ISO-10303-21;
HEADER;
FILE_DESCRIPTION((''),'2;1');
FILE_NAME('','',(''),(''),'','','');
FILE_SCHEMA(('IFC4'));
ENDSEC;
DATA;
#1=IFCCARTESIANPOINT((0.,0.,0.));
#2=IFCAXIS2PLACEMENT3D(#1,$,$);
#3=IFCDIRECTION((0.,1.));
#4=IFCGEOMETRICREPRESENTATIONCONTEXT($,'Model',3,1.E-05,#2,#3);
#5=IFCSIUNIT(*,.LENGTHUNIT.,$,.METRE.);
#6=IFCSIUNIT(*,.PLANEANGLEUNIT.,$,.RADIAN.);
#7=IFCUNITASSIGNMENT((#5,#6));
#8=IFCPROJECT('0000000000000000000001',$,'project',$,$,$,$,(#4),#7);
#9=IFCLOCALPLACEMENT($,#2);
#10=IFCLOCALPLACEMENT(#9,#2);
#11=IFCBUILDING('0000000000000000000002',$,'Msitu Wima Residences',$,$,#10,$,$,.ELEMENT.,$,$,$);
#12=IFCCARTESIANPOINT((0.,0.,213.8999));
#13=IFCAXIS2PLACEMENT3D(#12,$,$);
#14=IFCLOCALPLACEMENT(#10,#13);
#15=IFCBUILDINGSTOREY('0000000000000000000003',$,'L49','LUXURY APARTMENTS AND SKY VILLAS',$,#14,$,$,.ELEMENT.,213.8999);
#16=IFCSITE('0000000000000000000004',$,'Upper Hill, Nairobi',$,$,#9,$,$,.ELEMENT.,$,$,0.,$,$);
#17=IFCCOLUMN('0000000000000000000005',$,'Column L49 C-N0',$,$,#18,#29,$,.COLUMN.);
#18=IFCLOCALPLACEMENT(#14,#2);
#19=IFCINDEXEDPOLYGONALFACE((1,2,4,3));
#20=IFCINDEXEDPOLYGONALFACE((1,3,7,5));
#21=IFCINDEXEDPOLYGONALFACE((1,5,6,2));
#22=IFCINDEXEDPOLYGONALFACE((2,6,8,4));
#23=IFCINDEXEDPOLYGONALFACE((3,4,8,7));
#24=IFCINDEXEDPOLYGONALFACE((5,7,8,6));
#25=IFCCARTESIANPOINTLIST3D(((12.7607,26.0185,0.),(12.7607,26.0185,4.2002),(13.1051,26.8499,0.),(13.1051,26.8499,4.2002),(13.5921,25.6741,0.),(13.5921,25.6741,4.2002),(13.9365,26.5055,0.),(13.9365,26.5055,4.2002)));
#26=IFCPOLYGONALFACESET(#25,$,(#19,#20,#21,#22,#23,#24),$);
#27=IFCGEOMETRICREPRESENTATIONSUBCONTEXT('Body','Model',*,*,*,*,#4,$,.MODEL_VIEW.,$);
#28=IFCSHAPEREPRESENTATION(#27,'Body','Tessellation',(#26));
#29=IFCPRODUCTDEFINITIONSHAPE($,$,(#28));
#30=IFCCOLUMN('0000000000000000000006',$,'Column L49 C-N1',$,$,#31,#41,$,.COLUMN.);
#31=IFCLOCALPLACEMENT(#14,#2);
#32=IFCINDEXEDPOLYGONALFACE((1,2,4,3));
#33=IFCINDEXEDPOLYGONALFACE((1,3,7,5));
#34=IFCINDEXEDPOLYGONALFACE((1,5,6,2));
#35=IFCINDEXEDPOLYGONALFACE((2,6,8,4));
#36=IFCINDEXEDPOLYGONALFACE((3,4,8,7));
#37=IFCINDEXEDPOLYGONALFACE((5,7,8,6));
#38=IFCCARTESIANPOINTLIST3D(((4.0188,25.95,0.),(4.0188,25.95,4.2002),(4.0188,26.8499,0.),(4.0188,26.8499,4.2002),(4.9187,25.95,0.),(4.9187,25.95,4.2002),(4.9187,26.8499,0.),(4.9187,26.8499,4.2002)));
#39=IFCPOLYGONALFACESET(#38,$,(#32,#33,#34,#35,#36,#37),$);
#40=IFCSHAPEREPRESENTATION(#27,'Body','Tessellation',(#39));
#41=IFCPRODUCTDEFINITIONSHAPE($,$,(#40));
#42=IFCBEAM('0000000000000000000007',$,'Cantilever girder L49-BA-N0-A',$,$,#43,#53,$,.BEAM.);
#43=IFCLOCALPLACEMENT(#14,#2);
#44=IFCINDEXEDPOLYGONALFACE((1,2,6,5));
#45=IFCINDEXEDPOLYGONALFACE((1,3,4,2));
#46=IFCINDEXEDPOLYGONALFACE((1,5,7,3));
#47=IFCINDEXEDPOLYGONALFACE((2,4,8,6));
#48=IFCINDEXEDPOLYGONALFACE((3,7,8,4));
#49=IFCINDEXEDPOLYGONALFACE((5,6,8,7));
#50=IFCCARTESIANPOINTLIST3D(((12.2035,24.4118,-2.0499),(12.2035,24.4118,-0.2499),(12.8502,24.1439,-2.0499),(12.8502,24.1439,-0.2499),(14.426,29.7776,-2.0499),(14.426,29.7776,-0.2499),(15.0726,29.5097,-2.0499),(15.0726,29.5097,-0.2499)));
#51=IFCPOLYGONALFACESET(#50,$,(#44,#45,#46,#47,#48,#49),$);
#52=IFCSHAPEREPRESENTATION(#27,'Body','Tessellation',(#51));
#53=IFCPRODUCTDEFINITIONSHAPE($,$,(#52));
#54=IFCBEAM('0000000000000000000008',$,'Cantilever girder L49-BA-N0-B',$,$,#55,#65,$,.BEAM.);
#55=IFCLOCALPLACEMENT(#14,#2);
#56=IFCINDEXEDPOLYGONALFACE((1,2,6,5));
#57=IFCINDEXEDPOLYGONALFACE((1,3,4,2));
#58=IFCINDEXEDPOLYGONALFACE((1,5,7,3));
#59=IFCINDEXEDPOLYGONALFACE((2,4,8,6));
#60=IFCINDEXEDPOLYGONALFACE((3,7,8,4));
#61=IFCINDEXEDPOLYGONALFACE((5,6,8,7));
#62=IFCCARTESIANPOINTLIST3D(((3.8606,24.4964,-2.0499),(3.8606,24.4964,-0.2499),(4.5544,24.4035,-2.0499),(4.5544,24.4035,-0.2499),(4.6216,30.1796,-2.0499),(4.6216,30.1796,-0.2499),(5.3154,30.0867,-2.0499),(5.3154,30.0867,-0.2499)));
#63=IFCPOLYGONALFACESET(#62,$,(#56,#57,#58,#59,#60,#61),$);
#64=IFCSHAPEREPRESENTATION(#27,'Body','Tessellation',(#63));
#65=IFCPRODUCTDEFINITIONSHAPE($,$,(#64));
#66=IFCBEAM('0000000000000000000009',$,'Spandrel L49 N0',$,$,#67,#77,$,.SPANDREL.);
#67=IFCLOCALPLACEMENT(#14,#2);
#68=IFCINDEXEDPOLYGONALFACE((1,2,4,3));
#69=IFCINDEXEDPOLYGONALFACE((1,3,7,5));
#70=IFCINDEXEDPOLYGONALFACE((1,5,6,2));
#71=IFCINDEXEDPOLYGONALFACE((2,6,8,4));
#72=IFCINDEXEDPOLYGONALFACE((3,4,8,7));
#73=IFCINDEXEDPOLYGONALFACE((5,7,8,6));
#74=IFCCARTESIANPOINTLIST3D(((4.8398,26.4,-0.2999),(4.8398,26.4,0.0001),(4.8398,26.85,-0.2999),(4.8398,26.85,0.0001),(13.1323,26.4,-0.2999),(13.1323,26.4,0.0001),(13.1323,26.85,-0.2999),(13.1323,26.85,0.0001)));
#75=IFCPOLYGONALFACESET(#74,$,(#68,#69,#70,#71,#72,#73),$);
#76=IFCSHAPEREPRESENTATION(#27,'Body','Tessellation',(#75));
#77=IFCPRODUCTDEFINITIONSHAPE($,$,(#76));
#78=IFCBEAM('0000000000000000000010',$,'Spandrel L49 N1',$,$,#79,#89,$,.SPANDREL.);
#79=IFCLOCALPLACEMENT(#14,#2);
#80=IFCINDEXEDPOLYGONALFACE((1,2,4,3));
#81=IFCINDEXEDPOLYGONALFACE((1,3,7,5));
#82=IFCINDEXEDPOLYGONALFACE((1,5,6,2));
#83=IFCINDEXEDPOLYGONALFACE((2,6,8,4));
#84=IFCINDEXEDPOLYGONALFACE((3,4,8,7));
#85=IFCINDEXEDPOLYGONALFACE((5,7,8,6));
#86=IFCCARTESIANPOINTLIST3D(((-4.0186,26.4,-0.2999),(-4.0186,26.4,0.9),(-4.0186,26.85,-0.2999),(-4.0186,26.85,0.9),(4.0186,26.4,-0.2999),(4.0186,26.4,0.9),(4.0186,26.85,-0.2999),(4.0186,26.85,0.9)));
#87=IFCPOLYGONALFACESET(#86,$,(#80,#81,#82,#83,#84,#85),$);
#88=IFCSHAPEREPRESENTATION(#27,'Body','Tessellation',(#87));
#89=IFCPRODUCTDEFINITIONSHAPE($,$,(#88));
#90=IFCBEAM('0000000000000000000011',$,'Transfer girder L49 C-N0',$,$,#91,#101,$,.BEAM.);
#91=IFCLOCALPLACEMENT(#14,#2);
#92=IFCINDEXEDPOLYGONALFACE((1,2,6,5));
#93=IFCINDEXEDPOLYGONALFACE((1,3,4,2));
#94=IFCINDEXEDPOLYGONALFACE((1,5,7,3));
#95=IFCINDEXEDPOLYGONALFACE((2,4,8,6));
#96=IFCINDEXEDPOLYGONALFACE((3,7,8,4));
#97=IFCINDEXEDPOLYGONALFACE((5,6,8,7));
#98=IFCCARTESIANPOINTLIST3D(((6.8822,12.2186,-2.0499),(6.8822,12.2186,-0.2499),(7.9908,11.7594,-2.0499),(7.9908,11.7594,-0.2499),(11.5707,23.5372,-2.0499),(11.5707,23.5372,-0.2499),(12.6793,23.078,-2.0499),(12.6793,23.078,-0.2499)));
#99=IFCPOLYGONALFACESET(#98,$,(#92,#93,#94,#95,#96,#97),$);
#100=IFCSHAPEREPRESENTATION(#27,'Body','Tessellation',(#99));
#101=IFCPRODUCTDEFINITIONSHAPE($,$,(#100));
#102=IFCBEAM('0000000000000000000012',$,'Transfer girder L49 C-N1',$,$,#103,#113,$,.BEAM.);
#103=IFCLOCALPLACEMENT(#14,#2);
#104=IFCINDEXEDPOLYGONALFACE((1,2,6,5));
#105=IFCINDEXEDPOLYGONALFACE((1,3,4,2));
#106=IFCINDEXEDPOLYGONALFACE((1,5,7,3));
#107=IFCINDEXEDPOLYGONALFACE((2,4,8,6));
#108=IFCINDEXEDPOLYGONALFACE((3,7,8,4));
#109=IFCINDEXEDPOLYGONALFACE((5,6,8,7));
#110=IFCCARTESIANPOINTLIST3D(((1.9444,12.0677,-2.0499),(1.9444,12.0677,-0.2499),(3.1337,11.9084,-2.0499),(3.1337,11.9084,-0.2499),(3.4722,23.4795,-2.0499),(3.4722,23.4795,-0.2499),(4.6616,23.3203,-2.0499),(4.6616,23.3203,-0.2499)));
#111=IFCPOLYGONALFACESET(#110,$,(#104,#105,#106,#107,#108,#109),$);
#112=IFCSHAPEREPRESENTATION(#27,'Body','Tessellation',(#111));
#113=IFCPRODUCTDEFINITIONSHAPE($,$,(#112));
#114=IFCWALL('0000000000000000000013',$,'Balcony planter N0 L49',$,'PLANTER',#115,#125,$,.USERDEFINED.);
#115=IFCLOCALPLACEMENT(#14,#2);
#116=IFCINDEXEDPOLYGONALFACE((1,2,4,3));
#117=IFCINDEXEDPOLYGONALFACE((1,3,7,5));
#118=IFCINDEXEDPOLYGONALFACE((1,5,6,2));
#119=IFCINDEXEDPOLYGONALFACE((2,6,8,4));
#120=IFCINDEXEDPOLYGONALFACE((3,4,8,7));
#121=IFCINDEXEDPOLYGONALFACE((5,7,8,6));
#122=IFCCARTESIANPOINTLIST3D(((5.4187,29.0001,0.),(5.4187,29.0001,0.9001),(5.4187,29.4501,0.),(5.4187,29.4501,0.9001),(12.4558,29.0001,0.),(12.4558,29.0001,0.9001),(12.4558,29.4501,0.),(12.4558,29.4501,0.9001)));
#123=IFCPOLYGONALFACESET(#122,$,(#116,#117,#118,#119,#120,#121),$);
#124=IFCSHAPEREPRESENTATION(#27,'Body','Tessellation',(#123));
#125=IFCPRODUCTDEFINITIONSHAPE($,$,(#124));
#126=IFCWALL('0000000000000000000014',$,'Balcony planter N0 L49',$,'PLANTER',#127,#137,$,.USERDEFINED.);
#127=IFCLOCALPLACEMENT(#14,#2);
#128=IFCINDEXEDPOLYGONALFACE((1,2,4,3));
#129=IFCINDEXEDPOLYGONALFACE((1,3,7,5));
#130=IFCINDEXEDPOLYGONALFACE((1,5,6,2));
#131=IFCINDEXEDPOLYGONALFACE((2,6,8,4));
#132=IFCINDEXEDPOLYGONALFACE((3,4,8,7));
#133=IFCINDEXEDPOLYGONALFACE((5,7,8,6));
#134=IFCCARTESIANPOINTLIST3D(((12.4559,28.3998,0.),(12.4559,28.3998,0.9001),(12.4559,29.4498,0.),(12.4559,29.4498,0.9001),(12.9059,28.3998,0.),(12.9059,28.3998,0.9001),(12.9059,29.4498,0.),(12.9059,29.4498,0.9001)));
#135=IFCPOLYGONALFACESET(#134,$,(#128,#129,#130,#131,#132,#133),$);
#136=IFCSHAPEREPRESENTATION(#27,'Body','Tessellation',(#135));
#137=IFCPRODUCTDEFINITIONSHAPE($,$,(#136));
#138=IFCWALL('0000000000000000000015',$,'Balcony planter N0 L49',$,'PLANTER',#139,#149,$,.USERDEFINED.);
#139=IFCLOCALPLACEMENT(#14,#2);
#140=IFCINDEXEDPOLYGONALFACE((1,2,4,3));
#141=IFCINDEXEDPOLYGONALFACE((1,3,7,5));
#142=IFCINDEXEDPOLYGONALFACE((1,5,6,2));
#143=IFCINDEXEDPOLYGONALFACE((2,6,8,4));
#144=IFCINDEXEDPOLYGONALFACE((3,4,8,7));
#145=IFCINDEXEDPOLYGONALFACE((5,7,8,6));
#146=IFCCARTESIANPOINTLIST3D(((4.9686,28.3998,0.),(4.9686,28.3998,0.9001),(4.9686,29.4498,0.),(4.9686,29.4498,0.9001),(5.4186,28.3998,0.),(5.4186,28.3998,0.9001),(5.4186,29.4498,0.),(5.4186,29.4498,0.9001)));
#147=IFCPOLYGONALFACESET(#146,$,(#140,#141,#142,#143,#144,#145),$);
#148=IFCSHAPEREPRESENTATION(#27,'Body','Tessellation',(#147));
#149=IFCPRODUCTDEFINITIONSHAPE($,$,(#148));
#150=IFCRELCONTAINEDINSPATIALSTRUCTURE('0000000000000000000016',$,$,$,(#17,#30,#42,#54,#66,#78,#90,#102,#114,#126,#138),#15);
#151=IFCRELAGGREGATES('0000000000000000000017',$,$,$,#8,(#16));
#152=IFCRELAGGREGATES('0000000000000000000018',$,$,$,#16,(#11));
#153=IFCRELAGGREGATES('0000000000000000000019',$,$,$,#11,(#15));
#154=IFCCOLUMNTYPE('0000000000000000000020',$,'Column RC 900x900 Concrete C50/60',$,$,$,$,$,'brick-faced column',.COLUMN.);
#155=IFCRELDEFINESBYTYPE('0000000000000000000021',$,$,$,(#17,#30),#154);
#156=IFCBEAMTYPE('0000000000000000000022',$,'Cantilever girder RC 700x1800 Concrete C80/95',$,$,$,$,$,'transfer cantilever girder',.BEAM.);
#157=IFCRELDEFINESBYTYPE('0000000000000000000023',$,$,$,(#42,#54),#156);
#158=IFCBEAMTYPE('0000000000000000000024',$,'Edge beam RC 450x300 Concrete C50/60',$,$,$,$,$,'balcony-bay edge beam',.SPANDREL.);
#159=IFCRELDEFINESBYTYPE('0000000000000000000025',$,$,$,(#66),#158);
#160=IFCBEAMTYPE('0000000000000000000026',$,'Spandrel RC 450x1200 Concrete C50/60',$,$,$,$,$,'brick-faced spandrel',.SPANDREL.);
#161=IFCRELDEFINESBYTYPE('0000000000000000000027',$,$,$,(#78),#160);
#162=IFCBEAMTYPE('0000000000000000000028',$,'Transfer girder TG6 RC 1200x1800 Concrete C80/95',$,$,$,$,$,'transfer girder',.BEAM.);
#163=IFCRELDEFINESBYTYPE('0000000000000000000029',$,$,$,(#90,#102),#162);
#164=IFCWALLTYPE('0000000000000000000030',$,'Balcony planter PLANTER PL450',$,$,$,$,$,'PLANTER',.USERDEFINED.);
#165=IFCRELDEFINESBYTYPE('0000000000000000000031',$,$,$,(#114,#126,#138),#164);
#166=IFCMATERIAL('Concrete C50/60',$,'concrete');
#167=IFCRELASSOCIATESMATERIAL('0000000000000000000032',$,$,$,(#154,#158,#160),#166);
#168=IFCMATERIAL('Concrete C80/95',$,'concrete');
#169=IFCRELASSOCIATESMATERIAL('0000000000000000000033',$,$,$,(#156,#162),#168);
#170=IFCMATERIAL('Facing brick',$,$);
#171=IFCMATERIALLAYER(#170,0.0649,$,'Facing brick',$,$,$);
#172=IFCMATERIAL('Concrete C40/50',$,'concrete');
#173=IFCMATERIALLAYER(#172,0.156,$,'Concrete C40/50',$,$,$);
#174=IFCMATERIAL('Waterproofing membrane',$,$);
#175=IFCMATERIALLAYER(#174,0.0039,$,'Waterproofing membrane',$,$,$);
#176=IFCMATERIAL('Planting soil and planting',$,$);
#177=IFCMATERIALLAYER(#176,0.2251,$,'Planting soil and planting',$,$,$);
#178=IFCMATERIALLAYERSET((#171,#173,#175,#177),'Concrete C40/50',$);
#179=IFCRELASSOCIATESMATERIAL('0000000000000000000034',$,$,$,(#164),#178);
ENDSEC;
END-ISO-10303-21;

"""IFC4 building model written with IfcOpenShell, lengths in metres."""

from ifc_helpers import new_model, si_unit, direction, frame, frame_2d, origin, origin_2d, place, context, subcontext, project, spatial, rectangle, extrude, material, layer, layer_set, material_profile, profile_set, type_object, element, save


model = new_model("IFC4")

# Units and contexts
model_context = context("Model", 3, precision=1e-05, world=origin(), true_north=direction((0.0, 1.0)))
body_context = subcontext(model_context, "Body", "Model", "MODEL_VIEW")
ifc_project = project(units=[si_unit("LENGTHUNIT", "METRE"), si_unit("PLANEANGLEUNIT", "RADIAN")], contexts=[model_context])

# Site, building, storey
site_placement = place(None, origin())
site = spatial("IfcSite", under=ifc_project, at=site_placement, Name="Upper Hill, Nairobi", CompositionType="ELEMENT", RefElevation=0.0)
building_placement = place(site_placement, origin())
building = spatial("IfcBuilding", under=site, at=building_placement, Name="Msitu Wima Residences", CompositionType="ELEMENT")
storey_placement = place(building_placement, frame((0.0, 0.0, 213.8999)))
storey = spatial("IfcBuildingStorey", under=building, at=storey_placement, Name="L49", Description="LUXURY APARTMENTS AND SKY VILLAS", CompositionType="ELEMENT", Elevation=213.8999)

# Columns
ifc_material_1 = material(Name="Concrete C50/60", Category="concrete")
ifc_material_profile_1 = material_profile(ifc_material_1, rectangle(XDim=0.8999, YDim=0.8999, at=origin_2d()), Name="RC 900x900")
ifc_profile_set_1 = profile_set([ifc_material_profile_1], Name="Concrete C50/60")
column_type = type_object("IfcColumnType", Name="Column RC 900x900 Concrete C50/60", ElementType="brick-faced column", PredefinedType="COLUMN", material=ifc_profile_set_1)
for number, where, z_axis, x_axis, name in (
    (1, (13.3486, 26.262, 0.0), (0.0, 0.0, 1.0), (-0.92388, 0.382683, 0.0), "Column L49 C-N0"),
    (2, (4.4688, 26.3999, 0.0), (0.0, 0.0, 1.0), (-1.0, 0.0, 0.0), "Column L49 C-N1"),
):
    element("IfcColumn", number, at=place(storey_placement, frame(where, z_axis=z_axis, x_axis=x_axis)), inside=storey, type_object=column_type, Name=name, PredefinedType="COLUMN", context=body_context, shape_type="SweptSolid", body=[
        extrude(rectangle(XDim=0.8999, YDim=0.8999, at=origin_2d()), origin(), (0.0, 0.0, 1.0), 4.2002),
    ])

# Beams
ifc_material_2 = material(Name="Concrete C80/95", Category="concrete")
ifc_material_profile_2 = material_profile(ifc_material_2, rectangle(XDim=0.7, YDim=1.8, at=origin_2d()), Name="RC 700x1800")
ifc_profile_set_2 = profile_set([ifc_material_profile_2], Name="Concrete C80/95")
beam_type_1 = type_object("IfcBeamType", Name="Cantilever girder RC 700x1800 Concrete C80/95", ElementType="transfer cantilever girder", PredefinedType="BEAM", material=ifc_profile_set_2)
beam_1_placement = place(storey_placement, frame((12.5269, 24.2778, -1.1499), z_axis=(0.382662, 0.923888, 0.0), x_axis=(-0.923888, 0.382662, 0.0)))
element("IfcBeam", 3, at=beam_1_placement, inside=storey, type_object=beam_type_1, Name="Cantilever girder L49-BA-N0-A", PredefinedType="BEAM", context=body_context, shape_type="SweptSolid", body=[
    extrude(rectangle(XDim=0.7, YDim=1.8, at=origin_2d()), origin(), (0.0, 0.0, 1.0), 5.8079),
])
beam_2_placement = place(storey_placement, frame((4.2075, 24.45, -1.1499), z_axis=(0.132719, 0.991154, 0.0), x_axis=(-0.991154, 0.132719, 0.0)))
element("IfcBeam", 4, at=beam_2_placement, inside=storey, type_object=beam_type_1, Name="Cantilever girder L49-BA-N0-B", PredefinedType="BEAM", context=body_context, shape_type="SweptSolid", body=[
    extrude(rectangle(XDim=0.7, YDim=1.8, at=origin_2d()), origin(), (0.0, 0.0, 1.0), 5.7339),
])
ifc_material_profile_3 = material_profile(ifc_material_1, rectangle(XDim=0.45, YDim=0.3, at=origin_2d()), Name="RC 450x300")
ifc_profile_set_3 = profile_set([ifc_material_profile_3], Name="Concrete C50/60")
beam_type_2 = type_object("IfcBeamType", Name="Edge beam RC 450x300 Concrete C50/60", ElementType="balcony-bay edge beam", PredefinedType="SPANDREL", material=ifc_profile_set_3)
beam_3_placement = place(storey_placement, frame((13.1323, 26.625, -0.1499), z_axis=(-1.0, 0.0, 0.0), x_axis=(0.0, -1.0, 0.0)))
element("IfcBeam", 5, at=beam_3_placement, inside=storey, type_object=beam_type_2, Name="Spandrel L49 N0", PredefinedType="SPANDREL", context=body_context, shape_type="SweptSolid", body=[
    extrude(rectangle(XDim=0.45, YDim=0.3, at=origin_2d()), origin(), (0.0, 0.0, 1.0), 8.2925),
])
ifc_material_profile_4 = material_profile(ifc_material_1, rectangle(XDim=0.45, YDim=1.2, at=origin_2d()), Name="RC 450x1200")
ifc_profile_set_4 = profile_set([ifc_material_profile_4], Name="Concrete C50/60")
beam_type_3 = type_object("IfcBeamType", Name="Spandrel RC 450x1200 Concrete C50/60", ElementType="brick-faced spandrel", PredefinedType="SPANDREL", material=ifc_profile_set_4)
beam_4_placement = place(storey_placement, frame((4.0186, 26.625, 0.3), z_axis=(-1.0, 0.0, 0.0), x_axis=(0.0, -1.0, 0.0)))
element("IfcBeam", 6, at=beam_4_placement, inside=storey, type_object=beam_type_3, Name="Spandrel L49 N1", PredefinedType="SPANDREL", context=body_context, shape_type="SweptSolid", body=[
    extrude(rectangle(XDim=0.45, YDim=1.2, at=origin_2d()), origin(), (0.0, 0.0, 1.0), 8.0371),
])
ifc_material_profile_5 = material_profile(ifc_material_2, rectangle(XDim=1.2, YDim=1.8, at=origin_2d()), Name="RC 1200x1800")
ifc_profile_set_5 = profile_set([ifc_material_profile_5], Name="Concrete C80/95")
beam_type_4 = type_object("IfcBeamType", Name="Transfer girder TG6 RC 1200x1800 Concrete C80/95", ElementType="transfer girder", PredefinedType="BEAM", material=ifc_profile_set_5)
beam_5_placement = place(storey_placement, frame((12.125, 23.3076, -1.1499), z_axis=(-0.382694, -0.923875, 0.0), x_axis=(0.923875, -0.382694, 0.0)))
element("IfcBeam", 7, at=beam_5_placement, inside=storey, type_object=beam_type_4, Name="Transfer girder L49 C-N0", PredefinedType="BEAM", context=body_context, shape_type="SweptSolid", body=[
    extrude(rectangle(XDim=1.2, YDim=1.8, at=origin_2d()), origin(), (0.0, 0.0, 1.0), 12.2512),
])
beam_6_placement = place(storey_placement, frame((4.0669, 23.3999, -1.1499), z_axis=(-0.132697, -0.991157, 0.0), x_axis=(0.991157, -0.132697, 0.0)))
element("IfcBeam", 8, at=beam_6_placement, inside=storey, type_object=beam_type_4, Name="Transfer girder L49 C-N1", PredefinedType="BEAM", context=body_context, shape_type="SweptSolid", body=[
    extrude(rectangle(XDim=1.2, YDim=1.8, at=origin_2d()), origin(), (0.0, 0.0, 1.0), 11.5137),
])

# Walls
ifc_material_3 = material(Name="Facing brick")
ifc_layer_1 = layer(ifc_material_3, 0.0649, Name="Facing brick")
ifc_material_4 = material(Name="Concrete C40/50", Category="concrete")
ifc_layer_2 = layer(ifc_material_4, 0.156, Name="Concrete C40/50")
ifc_material_5 = material(Name="Waterproofing membrane")
ifc_layer_3 = layer(ifc_material_5, 0.0039, Name="Waterproofing membrane")
ifc_material_6 = material(Name="Planting soil and planting")
ifc_layer_4 = layer(ifc_material_6, 0.2251, Name="Planting soil and planting")
ifc_layer_set_1 = layer_set([ifc_layer_1, ifc_layer_2, ifc_layer_3, ifc_layer_4], Name="Concrete C40/50")
wall_type_1 = type_object("IfcWallType", Name="Balcony planter PLANTER PL450", ElementType="PLANTER", PredefinedType="USERDEFINED", material=ifc_layer_set_1)
wall_1_placement = place(storey_placement, frame((12.4558, 29.2251, 0.0), z_axis=(0.0, 0.0, 1.0), x_axis=(-1.0, 0.0, 0.0)))
element("IfcWall", 9, at=wall_1_placement, inside=storey, type_object=wall_type_1, Name="Balcony planter N0 L49", ObjectType="PLANTER", PredefinedType="USERDEFINED", context=body_context, shape_type="SweptSolid", body=[
    extrude(rectangle(XDim=7.0371, YDim=0.45, at=frame_2d((3.5186, 0.0))), origin(), (0.0, 0.0, 1.0), 0.9001),
])
for number, where, z_axis, x_axis, name in (
    (10, (12.6809, 28.3999, 0.0), (0.0, 0.0, 1.0), (0.0, 1.0, 0.0), "Balcony planter N0 L49"),
    (11, (5.1936, 28.3999, 0.0), (0.0, 0.0, 1.0), (0.0, 1.0, 0.0), "Balcony planter N0 L49"),
):
    element("IfcWall", number, at=place(storey_placement, frame(where, z_axis=z_axis, x_axis=x_axis)), inside=storey, type_object=wall_type_1, Name=name, ObjectType="PLANTER", PredefinedType="USERDEFINED", context=body_context, shape_type="SweptSolid", body=[
        extrude(rectangle(XDim=1.05, YDim=0.45, at=frame_2d((0.5249, 0.0))), origin(), (0.0, 0.0, 1.0), 0.9001),
    ])

save(model, "model.ifc")
